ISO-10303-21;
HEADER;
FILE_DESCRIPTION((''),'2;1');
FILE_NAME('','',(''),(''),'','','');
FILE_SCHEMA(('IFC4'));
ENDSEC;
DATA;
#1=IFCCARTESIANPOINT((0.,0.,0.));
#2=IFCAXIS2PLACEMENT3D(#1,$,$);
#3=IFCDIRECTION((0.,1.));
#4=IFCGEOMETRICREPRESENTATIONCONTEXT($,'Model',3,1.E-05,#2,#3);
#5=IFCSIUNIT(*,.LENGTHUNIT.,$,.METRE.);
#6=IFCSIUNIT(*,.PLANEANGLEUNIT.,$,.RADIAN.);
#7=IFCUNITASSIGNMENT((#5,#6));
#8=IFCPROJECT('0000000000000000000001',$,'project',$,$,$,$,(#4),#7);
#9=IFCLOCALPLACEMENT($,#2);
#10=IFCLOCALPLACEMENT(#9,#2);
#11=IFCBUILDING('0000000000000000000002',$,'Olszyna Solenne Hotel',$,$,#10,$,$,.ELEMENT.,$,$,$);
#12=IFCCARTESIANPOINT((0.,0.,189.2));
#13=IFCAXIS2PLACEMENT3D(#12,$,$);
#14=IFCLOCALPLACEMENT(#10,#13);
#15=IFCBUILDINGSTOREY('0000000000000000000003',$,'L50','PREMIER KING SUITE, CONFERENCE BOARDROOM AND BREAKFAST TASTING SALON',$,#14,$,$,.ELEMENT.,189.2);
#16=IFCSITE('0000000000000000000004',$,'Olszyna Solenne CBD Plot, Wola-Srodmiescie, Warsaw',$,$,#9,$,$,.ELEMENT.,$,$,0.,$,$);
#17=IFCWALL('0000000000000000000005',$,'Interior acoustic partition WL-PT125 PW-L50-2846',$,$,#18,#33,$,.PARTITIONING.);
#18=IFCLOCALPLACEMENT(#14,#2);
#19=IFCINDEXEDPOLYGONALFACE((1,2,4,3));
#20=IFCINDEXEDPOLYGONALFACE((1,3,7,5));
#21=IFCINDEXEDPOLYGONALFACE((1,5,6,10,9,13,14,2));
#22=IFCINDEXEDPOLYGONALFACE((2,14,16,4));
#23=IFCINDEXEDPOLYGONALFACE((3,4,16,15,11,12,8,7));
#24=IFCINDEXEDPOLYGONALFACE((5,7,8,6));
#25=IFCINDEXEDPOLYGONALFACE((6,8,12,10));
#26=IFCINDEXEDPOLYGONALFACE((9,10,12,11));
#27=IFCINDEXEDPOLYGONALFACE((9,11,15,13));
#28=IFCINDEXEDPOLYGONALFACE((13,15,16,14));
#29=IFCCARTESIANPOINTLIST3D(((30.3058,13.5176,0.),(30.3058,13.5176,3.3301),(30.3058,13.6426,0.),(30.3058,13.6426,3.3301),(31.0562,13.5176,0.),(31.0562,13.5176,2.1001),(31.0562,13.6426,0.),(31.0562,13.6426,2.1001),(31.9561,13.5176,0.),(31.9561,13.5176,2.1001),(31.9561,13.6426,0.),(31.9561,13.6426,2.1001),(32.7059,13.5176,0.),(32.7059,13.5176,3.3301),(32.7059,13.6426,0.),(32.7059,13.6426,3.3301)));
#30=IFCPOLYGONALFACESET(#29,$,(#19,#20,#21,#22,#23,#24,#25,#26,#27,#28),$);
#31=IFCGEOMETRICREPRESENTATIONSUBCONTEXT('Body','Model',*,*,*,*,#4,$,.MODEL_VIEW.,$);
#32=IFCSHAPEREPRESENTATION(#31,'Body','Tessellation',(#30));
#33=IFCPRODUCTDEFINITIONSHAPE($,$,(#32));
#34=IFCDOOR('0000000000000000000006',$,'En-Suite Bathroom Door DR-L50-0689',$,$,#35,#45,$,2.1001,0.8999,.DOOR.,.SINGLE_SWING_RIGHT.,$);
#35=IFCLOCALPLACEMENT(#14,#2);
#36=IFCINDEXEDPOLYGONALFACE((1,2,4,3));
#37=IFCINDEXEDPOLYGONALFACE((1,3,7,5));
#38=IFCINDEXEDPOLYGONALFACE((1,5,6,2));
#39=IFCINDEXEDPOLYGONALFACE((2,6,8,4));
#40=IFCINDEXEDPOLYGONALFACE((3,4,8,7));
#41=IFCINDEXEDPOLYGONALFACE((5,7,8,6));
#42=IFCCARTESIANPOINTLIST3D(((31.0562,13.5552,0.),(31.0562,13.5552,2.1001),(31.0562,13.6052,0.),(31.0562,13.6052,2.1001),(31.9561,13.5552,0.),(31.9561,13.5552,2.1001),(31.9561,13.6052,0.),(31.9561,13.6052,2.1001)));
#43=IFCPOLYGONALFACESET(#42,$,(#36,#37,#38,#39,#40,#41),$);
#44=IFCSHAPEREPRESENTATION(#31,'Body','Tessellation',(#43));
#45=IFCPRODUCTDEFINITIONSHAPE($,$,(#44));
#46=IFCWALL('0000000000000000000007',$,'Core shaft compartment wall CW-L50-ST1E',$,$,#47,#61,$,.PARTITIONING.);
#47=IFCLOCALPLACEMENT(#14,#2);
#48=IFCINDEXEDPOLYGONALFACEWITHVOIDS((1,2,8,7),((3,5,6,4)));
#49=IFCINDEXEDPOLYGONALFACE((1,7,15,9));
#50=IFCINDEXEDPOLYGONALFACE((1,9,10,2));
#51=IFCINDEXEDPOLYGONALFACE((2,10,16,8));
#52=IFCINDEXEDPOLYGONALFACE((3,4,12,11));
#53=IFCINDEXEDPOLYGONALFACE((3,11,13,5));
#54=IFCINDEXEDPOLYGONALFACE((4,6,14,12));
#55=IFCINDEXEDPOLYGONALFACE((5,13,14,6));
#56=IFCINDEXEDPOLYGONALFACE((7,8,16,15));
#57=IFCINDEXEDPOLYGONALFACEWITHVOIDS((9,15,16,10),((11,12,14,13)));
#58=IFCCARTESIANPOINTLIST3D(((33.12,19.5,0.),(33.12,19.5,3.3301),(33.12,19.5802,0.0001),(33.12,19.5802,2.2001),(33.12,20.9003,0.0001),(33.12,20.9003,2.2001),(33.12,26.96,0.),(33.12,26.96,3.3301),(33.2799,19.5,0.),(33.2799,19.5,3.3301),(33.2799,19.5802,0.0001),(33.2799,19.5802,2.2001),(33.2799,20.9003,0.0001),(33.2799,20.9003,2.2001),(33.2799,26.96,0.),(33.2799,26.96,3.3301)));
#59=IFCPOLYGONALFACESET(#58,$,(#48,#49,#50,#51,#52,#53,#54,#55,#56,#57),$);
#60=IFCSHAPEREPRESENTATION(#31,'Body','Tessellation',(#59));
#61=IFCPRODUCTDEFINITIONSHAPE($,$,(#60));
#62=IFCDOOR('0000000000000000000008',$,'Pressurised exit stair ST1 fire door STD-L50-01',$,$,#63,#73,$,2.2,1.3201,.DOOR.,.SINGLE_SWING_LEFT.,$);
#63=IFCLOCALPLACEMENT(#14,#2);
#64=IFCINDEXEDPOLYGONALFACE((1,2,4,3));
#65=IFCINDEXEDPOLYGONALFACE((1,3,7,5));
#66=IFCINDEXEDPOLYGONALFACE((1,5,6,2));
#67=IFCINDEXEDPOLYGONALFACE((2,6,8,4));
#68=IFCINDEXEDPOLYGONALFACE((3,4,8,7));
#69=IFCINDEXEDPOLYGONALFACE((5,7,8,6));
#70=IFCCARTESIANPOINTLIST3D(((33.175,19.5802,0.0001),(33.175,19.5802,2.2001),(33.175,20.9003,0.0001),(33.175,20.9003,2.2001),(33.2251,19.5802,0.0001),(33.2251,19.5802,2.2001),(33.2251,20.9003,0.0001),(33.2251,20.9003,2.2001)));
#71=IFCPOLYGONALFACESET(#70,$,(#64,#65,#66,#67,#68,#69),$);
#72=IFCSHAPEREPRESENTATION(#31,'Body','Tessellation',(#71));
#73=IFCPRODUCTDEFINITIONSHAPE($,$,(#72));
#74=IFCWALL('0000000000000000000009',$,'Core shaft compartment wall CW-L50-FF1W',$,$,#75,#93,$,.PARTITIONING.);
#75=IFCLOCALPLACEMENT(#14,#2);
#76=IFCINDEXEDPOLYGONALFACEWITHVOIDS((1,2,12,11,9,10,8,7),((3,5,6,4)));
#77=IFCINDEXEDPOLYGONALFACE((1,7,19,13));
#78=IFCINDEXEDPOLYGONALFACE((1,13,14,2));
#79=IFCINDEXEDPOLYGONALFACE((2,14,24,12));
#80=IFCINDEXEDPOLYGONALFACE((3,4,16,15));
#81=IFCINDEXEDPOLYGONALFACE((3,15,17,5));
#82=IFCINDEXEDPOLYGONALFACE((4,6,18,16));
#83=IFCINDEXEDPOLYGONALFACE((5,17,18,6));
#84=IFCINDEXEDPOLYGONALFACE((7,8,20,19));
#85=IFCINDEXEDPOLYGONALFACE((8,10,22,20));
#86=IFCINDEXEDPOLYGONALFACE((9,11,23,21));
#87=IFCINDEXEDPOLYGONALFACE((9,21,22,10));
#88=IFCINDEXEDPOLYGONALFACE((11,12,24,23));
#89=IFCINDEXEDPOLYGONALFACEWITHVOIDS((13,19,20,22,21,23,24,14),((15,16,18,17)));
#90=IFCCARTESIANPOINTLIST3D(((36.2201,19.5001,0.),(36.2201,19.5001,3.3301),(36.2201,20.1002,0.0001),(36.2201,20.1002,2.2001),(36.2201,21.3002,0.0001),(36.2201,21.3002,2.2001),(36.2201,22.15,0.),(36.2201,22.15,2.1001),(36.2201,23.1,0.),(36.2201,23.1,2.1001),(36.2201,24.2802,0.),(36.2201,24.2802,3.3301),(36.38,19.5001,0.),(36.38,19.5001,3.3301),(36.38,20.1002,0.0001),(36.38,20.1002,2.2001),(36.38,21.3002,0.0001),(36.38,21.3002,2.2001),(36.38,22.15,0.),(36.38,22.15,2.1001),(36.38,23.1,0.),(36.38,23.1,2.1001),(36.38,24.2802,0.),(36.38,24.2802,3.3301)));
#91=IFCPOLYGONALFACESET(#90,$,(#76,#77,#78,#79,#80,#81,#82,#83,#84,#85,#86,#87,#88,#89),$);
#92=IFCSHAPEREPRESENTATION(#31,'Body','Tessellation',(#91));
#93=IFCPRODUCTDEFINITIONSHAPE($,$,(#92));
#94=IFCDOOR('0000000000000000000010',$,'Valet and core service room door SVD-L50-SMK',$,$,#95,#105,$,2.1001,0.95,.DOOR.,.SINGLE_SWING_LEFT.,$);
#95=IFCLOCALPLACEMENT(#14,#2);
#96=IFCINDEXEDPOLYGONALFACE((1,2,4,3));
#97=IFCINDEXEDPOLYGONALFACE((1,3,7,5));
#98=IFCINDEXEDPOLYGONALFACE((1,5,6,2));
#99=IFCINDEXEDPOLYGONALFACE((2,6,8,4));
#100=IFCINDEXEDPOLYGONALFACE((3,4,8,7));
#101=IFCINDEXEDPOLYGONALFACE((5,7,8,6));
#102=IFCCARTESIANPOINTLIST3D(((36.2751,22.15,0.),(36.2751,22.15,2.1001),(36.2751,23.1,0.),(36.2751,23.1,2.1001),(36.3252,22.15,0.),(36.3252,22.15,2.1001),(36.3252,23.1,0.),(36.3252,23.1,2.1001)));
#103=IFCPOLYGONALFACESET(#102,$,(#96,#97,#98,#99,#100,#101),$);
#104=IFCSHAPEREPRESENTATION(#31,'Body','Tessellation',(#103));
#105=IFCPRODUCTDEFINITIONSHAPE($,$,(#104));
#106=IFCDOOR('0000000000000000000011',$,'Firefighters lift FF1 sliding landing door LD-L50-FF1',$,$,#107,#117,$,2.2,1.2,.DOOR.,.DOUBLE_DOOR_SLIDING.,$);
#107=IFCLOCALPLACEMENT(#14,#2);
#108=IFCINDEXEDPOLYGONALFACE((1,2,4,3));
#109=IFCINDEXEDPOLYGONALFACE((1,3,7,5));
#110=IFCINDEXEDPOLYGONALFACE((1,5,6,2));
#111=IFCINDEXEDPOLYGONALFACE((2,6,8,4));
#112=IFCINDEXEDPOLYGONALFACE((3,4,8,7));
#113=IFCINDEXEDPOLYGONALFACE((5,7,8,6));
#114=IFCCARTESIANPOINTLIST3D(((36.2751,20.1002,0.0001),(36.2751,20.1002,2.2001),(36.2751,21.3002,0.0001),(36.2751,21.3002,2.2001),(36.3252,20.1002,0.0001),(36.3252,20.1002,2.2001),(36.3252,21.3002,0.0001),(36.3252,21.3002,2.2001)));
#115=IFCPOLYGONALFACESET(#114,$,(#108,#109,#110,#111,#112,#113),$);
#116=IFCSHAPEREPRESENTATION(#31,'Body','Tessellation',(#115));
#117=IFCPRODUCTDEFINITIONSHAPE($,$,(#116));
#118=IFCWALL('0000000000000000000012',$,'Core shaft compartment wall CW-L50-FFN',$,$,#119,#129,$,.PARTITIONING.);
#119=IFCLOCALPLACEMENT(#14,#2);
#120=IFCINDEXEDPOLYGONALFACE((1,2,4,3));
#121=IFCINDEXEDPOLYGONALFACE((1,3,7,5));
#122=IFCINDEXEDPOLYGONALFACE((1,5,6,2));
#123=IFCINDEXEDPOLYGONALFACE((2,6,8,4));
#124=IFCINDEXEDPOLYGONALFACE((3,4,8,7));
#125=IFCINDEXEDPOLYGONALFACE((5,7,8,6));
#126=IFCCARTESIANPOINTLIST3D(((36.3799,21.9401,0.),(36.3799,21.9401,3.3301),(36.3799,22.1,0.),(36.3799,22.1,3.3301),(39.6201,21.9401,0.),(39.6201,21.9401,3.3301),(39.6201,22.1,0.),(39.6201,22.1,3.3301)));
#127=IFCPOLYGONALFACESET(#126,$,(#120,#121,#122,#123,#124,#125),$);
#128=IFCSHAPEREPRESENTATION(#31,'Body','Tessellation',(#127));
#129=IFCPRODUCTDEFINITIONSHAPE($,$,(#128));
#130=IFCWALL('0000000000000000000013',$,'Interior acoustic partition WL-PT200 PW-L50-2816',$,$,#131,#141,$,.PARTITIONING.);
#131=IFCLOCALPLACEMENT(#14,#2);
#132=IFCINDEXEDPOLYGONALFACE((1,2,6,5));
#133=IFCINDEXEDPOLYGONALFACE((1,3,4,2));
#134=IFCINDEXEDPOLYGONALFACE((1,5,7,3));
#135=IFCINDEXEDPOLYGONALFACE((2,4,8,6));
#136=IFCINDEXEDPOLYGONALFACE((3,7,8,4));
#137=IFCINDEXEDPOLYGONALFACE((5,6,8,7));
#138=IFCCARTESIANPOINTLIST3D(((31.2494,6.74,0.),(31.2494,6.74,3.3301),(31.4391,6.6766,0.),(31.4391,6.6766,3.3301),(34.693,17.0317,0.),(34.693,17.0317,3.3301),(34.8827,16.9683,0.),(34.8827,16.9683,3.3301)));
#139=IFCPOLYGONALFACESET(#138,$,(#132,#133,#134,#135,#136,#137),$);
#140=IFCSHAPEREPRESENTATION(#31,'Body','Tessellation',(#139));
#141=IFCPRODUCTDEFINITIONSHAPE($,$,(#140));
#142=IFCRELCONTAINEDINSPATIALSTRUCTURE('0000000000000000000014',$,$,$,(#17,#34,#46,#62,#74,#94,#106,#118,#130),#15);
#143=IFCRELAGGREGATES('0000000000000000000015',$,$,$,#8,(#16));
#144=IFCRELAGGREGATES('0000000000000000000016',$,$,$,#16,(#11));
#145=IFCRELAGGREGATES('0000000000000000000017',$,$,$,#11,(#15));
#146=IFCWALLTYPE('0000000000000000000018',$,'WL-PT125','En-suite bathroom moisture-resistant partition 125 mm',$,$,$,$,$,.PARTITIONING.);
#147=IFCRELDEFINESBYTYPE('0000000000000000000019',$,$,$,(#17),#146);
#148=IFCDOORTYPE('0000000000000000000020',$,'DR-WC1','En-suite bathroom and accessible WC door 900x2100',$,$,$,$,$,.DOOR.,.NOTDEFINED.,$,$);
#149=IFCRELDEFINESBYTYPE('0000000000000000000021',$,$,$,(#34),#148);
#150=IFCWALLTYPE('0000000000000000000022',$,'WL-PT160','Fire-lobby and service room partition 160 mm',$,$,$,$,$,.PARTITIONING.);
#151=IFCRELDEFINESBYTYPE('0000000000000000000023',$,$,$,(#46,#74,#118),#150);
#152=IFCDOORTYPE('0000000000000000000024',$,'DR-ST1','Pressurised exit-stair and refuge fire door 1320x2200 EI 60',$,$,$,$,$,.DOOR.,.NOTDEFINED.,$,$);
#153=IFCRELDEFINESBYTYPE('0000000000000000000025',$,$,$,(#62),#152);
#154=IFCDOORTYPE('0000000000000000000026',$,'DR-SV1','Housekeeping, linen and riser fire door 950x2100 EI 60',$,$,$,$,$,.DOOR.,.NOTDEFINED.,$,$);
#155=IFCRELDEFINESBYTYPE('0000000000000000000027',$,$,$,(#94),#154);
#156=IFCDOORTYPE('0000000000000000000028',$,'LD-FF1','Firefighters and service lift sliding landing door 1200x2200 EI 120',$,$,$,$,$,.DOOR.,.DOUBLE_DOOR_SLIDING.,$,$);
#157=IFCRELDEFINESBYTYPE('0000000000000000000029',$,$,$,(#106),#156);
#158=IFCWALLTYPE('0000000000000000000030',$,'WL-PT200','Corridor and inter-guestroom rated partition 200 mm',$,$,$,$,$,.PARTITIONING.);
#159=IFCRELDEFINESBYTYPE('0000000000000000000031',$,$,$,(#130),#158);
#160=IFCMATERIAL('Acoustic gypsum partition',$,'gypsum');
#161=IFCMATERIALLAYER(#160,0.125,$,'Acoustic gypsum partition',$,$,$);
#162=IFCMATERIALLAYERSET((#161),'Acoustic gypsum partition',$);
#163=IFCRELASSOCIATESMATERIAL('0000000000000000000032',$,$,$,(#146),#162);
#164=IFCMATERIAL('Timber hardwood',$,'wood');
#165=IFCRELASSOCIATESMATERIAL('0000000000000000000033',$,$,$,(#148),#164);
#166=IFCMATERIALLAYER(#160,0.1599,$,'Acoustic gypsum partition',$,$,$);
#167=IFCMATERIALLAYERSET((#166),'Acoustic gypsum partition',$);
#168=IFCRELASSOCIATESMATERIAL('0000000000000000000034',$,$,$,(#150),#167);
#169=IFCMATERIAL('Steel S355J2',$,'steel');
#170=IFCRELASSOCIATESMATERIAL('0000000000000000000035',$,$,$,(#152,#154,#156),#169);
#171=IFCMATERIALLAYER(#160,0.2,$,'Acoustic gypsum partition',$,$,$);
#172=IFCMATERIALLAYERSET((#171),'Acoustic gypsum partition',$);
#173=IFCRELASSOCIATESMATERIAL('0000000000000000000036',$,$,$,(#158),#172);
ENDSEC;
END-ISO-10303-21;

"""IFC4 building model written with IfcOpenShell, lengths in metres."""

from ifc_helpers import new_model, si_unit, direction, frame, frame_2d, origin, place, context, subcontext, project, spatial, rectangle, extrude, source, transform, mapped, material, layer, layer_set, type_object, type_shapes, element, fill, save


model = new_model("IFC4")

# Units and contexts
model_context = context("Model", 3, precision=1e-05, world=origin(), true_north=direction((0.0, 1.0)))
body_context = subcontext(model_context, "Body", "Model", "MODEL_VIEW")
ifc_project = project(units=[si_unit("LENGTHUNIT", "METRE"), si_unit("PLANEANGLEUNIT", "RADIAN")], contexts=[model_context])

# Site, building, storey
site_placement = place(None, origin())
site = spatial("IfcSite", under=ifc_project, at=site_placement, Name="Olszyna Solenne CBD Plot, Wola-Srodmiescie, Warsaw", CompositionType="ELEMENT", RefElevation=0.0)
building_placement = place(site_placement, origin())
building = spatial("IfcBuilding", under=site, at=building_placement, Name="Olszyna Solenne Hotel", CompositionType="ELEMENT")
storey_placement = place(building_placement, frame((0.0, 0.0, 189.2)))
storey = spatial("IfcBuildingStorey", under=building, at=storey_placement, Name="L50", Description="PREMIER KING SUITE, CONFERENCE BOARDROOM AND BREAKFAST TASTING SALON", CompositionType="ELEMENT", Elevation=189.2)

# Shared definitions
ifc_material_1 = material(Name="Steel S355J2", Category="steel")

# Shared definitions
ifc_material_2 = material(Name="Acoustic gypsum partition", Category="gypsum")
ifc_layer_1 = layer(ifc_material_2, 0.125, Name="Acoustic gypsum partition")
ifc_layer_set_1 = layer_set([ifc_layer_1], Name="Acoustic gypsum partition")
wall_type_1 = type_object("IfcWallType", Name="WL-PT125", Description="En-suite bathroom moisture-resistant partition 125 mm", PredefinedType="PARTITIONING", material=ifc_layer_set_1)

# Walls, openings, doors
wall_1_placement = place(storey_placement, frame((32.7061, 13.5801, 0.0), z_axis=(0.0, 0.0, 1.0), x_axis=(-1.0, 0.0, 0.0)))
wall_1 = element("IfcWall", 1, at=wall_1_placement, inside=storey, type_object=wall_type_1, Name="Interior acoustic partition WL-PT125 PW-L50-2846", PredefinedType="PARTITIONING", context=body_context, shape_type="SweptSolid", body=[
    extrude(rectangle(XDim=2.4001, YDim=0.125, at=frame_2d((1.2002, 0.0))), origin(), (0.0, 0.0, 1.0), 3.3301),
])
opening_1_placement = place(wall_1_placement, frame((0.75, 0.0, 0.0)))
opening_1 = element("IfcOpeningElement", 2, at=opening_1_placement, cuts=wall_1, PredefinedType="OPENING", context=body_context, shape_type="SweptSolid", body=[
    extrude(rectangle(XDim=0.8999, YDim=2.1001, at=frame_2d((0.45, 1.05))), frame((0.0, 0.0725, 0.0), z_axis=(0.0, -1.0, 0.0), x_axis=(1.0, 0.0, 0.0)), (0.0, 0.0, 1.0), 0.145),
])
ifc_material_3 = material(Name="Timber hardwood", Category="wood")
door_type_1 = type_object("IfcDoorType", Name="DR-WC1", Description="En-suite bathroom and accessible WC door 900x2100", OperationType="NOTDEFINED", PredefinedType="DOOR", material=ifc_material_3)
shared_shape_1 = source(origin(), body_context, "Body", "SweptSolid", [
    extrude(rectangle(XDim=0.8999, YDim=2.1001, at=frame_2d((0.45, 1.05))), frame((0.0, 0.0249, 0.0), z_axis=(0.0, -1.0, 0.0), x_axis=(1.0, 0.0, 0.0)), (0.0, 0.0, 1.0), 0.05),
])
type_shapes(door_type_1, [shared_shape_1])
door_1_placement = place(opening_1_placement, origin())
door_1 = element("IfcDoor", 3, at=door_1_placement, inside=storey, type_object=door_type_1, Name="En-Suite Bathroom Door DR-L50-0689", OperationType="SINGLE_SWING_RIGHT", OverallHeight=2.1001, OverallWidth=0.8999, PredefinedType="DOOR", context=body_context, shape_type="MappedRepresentation", body=[
    mapped(shared_shape_1, transform((0.0, 0.0, 0.0), x_axis=(1.0, 0.0, 0.0), y_axis=(0.0, 1.0, 0.0), z_axis=(0.0, 0.0, 1.0), scale=1.0)),
])
fill(opening_1, door_1)
ifc_layer_2 = layer(ifc_material_2, 0.1599, Name="Acoustic gypsum partition")
ifc_layer_set_2 = layer_set([ifc_layer_2], Name="Acoustic gypsum partition")
wall_type_2 = type_object("IfcWallType", Name="WL-PT160", Description="Fire-lobby and service room partition 160 mm", PredefinedType="PARTITIONING", material=ifc_layer_set_2)
wall_2_placement = place(storey_placement, frame((33.2, 19.5, 0.0), z_axis=(0.0, 0.0, 1.0), x_axis=(0.0, 1.0, 0.0)))
wall_2 = element("IfcWall", 4, at=wall_2_placement, inside=storey, type_object=wall_type_2, Name="Core shaft compartment wall CW-L50-ST1E", PredefinedType="PARTITIONING", context=body_context, shape_type="SweptSolid", body=[
    extrude(rectangle(XDim=7.46, YDim=0.1599, at=frame_2d((3.73, 0.0))), origin(), (0.0, 0.0, 1.0), 3.3301),
])
opening_2_placement = place(wall_2_placement, frame((0.0801, 0.0, 0.0)))
opening_2 = element("IfcOpeningElement", 5, at=opening_2_placement, cuts=wall_2, PredefinedType="OPENING", context=body_context, shape_type="SweptSolid", body=[
    extrude(rectangle(XDim=1.3201, YDim=2.2, at=frame_2d((0.6602, 1.1001))), frame((0.0, 0.0898, 0.0), z_axis=(0.0, -1.0, 0.0), x_axis=(1.0, 0.0, 0.0)), (0.0, 0.0, 1.0), 0.1799),
])
door_type_2 = type_object("IfcDoorType", Name="DR-ST1", Description="Pressurised exit-stair and refuge fire door 1320x2200 EI 60", OperationType="NOTDEFINED", PredefinedType="DOOR", material=ifc_material_1)
shared_shape_2 = source(origin(), body_context, "Body", "SweptSolid", [
    extrude(rectangle(XDim=1.3201, YDim=2.2, at=frame_2d((0.6602, 1.1001))), frame((0.0, 0.0249, 0.0), z_axis=(0.0, -1.0, 0.0), x_axis=(1.0, 0.0, 0.0)), (0.0, 0.0, 1.0), 0.05),
])
type_shapes(door_type_2, [shared_shape_2])
door_2_placement = place(opening_2_placement, origin())
door_2 = element("IfcDoor", 6, at=door_2_placement, inside=storey, type_object=door_type_2, Name="Pressurised exit stair ST1 fire door STD-L50-01", OperationType="SINGLE_SWING_LEFT", OverallHeight=2.2, OverallWidth=1.3201, PredefinedType="DOOR", context=body_context, shape_type="MappedRepresentation", body=[
    mapped(shared_shape_2, transform((0.0, 0.0, 0.0), x_axis=(1.0, 0.0, 0.0), y_axis=(0.0, 1.0, 0.0), z_axis=(0.0, 0.0, 1.0), scale=1.0)),
])
fill(opening_2, door_2)

# Wall, openings, doors
wall_3_placement = place(storey_placement, frame((36.3, 19.5, 0.0), z_axis=(0.0, 0.0, 1.0), x_axis=(0.0, 1.0, 0.0)))
wall_3 = element("IfcWall", 7, at=wall_3_placement, inside=storey, type_object=wall_type_2, Name="Core shaft compartment wall CW-L50-FF1W", PredefinedType="PARTITIONING", context=body_context, shape_type="SweptSolid", body=[
    extrude(rectangle(XDim=4.78, YDim=0.1599, at=frame_2d((2.3901, 0.0))), origin(), (0.0, 0.0, 1.0), 3.3301),
])
opening_3_placement = place(wall_3_placement, frame((0.6001, 0.0, 0.0)))
opening_3 = element("IfcOpeningElement", 8, at=opening_3_placement, cuts=wall_3, PredefinedType="OPENING", context=body_context, shape_type="SweptSolid", body=[
    extrude(rectangle(XDim=1.2, YDim=2.2, at=frame_2d((0.6001, 1.1001))), frame((0.0, 0.0898, 0.0), z_axis=(0.0, -1.0, 0.0), x_axis=(1.0, 0.0, 0.0)), (0.0, 0.0, 1.0), 0.1799),
])
opening_4_placement = place(wall_3_placement, frame((2.6499, 0.0, 0.0)))
opening_4 = element("IfcOpeningElement", 9, at=opening_4_placement, cuts=wall_3, PredefinedType="OPENING", context=body_context, shape_type="SweptSolid", body=[
    extrude(rectangle(XDim=0.95, YDim=2.1001, at=frame_2d((0.4751, 1.05))), frame((0.0, 0.0898, 0.0), z_axis=(0.0, -1.0, 0.0), x_axis=(1.0, 0.0, 0.0)), (0.0, 0.0, 1.0), 0.1799),
])
door_type_3 = type_object("IfcDoorType", Name="DR-SV1", Description="Housekeeping, linen and riser fire door 950x2100 EI 60", OperationType="NOTDEFINED", PredefinedType="DOOR", material=ifc_material_1)
shared_shape_3 = source(origin(), body_context, "Body", "SweptSolid", [
    extrude(rectangle(XDim=0.95, YDim=2.1001, at=frame_2d((0.4751, 1.05))), frame((0.0, 0.0249, 0.0), z_axis=(0.0, -1.0, 0.0), x_axis=(1.0, 0.0, 0.0)), (0.0, 0.0, 1.0), 0.05),
])
type_shapes(door_type_3, [shared_shape_3])
door_3_placement = place(opening_4_placement, origin())
door_3 = element("IfcDoor", 10, at=door_3_placement, inside=storey, type_object=door_type_3, Name="Valet and core service room door SVD-L50-SMK", OperationType="SINGLE_SWING_LEFT", OverallHeight=2.1001, OverallWidth=0.95, PredefinedType="DOOR", context=body_context, shape_type="MappedRepresentation", body=[
    mapped(shared_shape_3, transform((0.0, 0.0, 0.0), x_axis=(1.0, 0.0, 0.0), y_axis=(0.0, 1.0, 0.0), z_axis=(0.0, 0.0, 1.0), scale=1.0)),
])
fill(opening_4, door_3)
door_type_4 = type_object("IfcDoorType", Name="LD-FF1", Description="Firefighters and service lift sliding landing door 1200x2200 EI 120", OperationType="DOUBLE_DOOR_SLIDING", PredefinedType="DOOR", material=ifc_material_1)
shared_shape_4 = source(origin(), body_context, "Body", "SweptSolid", [
    extrude(rectangle(XDim=1.2, YDim=2.2, at=frame_2d((0.6001, 1.1001))), frame((0.0, 0.0249, 0.0), z_axis=(0.0, -1.0, 0.0), x_axis=(1.0, 0.0, 0.0)), (0.0, 0.0, 1.0), 0.05),
])
type_shapes(door_type_4, [shared_shape_4])
door_4_placement = place(opening_3_placement, origin())
door_4 = element("IfcDoor", 11, at=door_4_placement, inside=storey, type_object=door_type_4, Name="Firefighters lift FF1 sliding landing door LD-L50-FF1", OperationType="DOUBLE_DOOR_SLIDING", OverallHeight=2.2, OverallWidth=1.2, PredefinedType="DOOR", context=body_context, shape_type="MappedRepresentation", body=[
    mapped(shared_shape_4, transform((0.0, 0.0, 0.0), x_axis=(1.0, 0.0, 0.0), y_axis=(0.0, 1.0, 0.0), z_axis=(0.0, 0.0, 1.0), scale=1.0)),
])
fill(opening_3, door_4)

# Walls
wall_4_placement = place(storey_placement, frame((36.3799, 22.02, 0.0), z_axis=(0.0, 0.0, 1.0), x_axis=(1.0, 0.0, 0.0)))
element("IfcWall", 12, at=wall_4_placement, inside=storey, type_object=wall_type_2, Name="Core shaft compartment wall CW-L50-FFN", PredefinedType="PARTITIONING", context=body_context, shape_type="SweptSolid", body=[
    extrude(rectangle(XDim=3.2402, YDim=0.1599, at=frame_2d((1.6201, 0.0))), origin(), (0.0, 0.0, 1.0), 3.3301),
])
ifc_layer_3 = layer(ifc_material_2, 0.2, Name="Acoustic gypsum partition")
ifc_layer_set_3 = layer_set([ifc_layer_3], Name="Acoustic gypsum partition")
wall_type_3 = type_object("IfcWallType", Name="WL-PT200", Description="Corridor and inter-guestroom rated partition 200 mm", PredefinedType="PARTITIONING", material=ifc_layer_set_3)
wall_5_placement = place(storey_placement, frame((34.7878, 17.0, 0.0), z_axis=(0.0, 0.0, 1.0), x_axis=(-0.317307, -0.948323, 0.0)))
element("IfcWall", 13, at=wall_5_placement, inside=storey, type_object=wall_type_3, Name="Interior acoustic partition WL-PT200 PW-L50-2816", PredefinedType="PARTITIONING", context=body_context, shape_type="SweptSolid", body=[
    extrude(rectangle(XDim=10.8525, YDim=0.2, at=frame_2d((5.4263, 0.0))), origin(), (0.0, 0.0, 1.0), 3.3301),
])

save(model, "model.ifc")
